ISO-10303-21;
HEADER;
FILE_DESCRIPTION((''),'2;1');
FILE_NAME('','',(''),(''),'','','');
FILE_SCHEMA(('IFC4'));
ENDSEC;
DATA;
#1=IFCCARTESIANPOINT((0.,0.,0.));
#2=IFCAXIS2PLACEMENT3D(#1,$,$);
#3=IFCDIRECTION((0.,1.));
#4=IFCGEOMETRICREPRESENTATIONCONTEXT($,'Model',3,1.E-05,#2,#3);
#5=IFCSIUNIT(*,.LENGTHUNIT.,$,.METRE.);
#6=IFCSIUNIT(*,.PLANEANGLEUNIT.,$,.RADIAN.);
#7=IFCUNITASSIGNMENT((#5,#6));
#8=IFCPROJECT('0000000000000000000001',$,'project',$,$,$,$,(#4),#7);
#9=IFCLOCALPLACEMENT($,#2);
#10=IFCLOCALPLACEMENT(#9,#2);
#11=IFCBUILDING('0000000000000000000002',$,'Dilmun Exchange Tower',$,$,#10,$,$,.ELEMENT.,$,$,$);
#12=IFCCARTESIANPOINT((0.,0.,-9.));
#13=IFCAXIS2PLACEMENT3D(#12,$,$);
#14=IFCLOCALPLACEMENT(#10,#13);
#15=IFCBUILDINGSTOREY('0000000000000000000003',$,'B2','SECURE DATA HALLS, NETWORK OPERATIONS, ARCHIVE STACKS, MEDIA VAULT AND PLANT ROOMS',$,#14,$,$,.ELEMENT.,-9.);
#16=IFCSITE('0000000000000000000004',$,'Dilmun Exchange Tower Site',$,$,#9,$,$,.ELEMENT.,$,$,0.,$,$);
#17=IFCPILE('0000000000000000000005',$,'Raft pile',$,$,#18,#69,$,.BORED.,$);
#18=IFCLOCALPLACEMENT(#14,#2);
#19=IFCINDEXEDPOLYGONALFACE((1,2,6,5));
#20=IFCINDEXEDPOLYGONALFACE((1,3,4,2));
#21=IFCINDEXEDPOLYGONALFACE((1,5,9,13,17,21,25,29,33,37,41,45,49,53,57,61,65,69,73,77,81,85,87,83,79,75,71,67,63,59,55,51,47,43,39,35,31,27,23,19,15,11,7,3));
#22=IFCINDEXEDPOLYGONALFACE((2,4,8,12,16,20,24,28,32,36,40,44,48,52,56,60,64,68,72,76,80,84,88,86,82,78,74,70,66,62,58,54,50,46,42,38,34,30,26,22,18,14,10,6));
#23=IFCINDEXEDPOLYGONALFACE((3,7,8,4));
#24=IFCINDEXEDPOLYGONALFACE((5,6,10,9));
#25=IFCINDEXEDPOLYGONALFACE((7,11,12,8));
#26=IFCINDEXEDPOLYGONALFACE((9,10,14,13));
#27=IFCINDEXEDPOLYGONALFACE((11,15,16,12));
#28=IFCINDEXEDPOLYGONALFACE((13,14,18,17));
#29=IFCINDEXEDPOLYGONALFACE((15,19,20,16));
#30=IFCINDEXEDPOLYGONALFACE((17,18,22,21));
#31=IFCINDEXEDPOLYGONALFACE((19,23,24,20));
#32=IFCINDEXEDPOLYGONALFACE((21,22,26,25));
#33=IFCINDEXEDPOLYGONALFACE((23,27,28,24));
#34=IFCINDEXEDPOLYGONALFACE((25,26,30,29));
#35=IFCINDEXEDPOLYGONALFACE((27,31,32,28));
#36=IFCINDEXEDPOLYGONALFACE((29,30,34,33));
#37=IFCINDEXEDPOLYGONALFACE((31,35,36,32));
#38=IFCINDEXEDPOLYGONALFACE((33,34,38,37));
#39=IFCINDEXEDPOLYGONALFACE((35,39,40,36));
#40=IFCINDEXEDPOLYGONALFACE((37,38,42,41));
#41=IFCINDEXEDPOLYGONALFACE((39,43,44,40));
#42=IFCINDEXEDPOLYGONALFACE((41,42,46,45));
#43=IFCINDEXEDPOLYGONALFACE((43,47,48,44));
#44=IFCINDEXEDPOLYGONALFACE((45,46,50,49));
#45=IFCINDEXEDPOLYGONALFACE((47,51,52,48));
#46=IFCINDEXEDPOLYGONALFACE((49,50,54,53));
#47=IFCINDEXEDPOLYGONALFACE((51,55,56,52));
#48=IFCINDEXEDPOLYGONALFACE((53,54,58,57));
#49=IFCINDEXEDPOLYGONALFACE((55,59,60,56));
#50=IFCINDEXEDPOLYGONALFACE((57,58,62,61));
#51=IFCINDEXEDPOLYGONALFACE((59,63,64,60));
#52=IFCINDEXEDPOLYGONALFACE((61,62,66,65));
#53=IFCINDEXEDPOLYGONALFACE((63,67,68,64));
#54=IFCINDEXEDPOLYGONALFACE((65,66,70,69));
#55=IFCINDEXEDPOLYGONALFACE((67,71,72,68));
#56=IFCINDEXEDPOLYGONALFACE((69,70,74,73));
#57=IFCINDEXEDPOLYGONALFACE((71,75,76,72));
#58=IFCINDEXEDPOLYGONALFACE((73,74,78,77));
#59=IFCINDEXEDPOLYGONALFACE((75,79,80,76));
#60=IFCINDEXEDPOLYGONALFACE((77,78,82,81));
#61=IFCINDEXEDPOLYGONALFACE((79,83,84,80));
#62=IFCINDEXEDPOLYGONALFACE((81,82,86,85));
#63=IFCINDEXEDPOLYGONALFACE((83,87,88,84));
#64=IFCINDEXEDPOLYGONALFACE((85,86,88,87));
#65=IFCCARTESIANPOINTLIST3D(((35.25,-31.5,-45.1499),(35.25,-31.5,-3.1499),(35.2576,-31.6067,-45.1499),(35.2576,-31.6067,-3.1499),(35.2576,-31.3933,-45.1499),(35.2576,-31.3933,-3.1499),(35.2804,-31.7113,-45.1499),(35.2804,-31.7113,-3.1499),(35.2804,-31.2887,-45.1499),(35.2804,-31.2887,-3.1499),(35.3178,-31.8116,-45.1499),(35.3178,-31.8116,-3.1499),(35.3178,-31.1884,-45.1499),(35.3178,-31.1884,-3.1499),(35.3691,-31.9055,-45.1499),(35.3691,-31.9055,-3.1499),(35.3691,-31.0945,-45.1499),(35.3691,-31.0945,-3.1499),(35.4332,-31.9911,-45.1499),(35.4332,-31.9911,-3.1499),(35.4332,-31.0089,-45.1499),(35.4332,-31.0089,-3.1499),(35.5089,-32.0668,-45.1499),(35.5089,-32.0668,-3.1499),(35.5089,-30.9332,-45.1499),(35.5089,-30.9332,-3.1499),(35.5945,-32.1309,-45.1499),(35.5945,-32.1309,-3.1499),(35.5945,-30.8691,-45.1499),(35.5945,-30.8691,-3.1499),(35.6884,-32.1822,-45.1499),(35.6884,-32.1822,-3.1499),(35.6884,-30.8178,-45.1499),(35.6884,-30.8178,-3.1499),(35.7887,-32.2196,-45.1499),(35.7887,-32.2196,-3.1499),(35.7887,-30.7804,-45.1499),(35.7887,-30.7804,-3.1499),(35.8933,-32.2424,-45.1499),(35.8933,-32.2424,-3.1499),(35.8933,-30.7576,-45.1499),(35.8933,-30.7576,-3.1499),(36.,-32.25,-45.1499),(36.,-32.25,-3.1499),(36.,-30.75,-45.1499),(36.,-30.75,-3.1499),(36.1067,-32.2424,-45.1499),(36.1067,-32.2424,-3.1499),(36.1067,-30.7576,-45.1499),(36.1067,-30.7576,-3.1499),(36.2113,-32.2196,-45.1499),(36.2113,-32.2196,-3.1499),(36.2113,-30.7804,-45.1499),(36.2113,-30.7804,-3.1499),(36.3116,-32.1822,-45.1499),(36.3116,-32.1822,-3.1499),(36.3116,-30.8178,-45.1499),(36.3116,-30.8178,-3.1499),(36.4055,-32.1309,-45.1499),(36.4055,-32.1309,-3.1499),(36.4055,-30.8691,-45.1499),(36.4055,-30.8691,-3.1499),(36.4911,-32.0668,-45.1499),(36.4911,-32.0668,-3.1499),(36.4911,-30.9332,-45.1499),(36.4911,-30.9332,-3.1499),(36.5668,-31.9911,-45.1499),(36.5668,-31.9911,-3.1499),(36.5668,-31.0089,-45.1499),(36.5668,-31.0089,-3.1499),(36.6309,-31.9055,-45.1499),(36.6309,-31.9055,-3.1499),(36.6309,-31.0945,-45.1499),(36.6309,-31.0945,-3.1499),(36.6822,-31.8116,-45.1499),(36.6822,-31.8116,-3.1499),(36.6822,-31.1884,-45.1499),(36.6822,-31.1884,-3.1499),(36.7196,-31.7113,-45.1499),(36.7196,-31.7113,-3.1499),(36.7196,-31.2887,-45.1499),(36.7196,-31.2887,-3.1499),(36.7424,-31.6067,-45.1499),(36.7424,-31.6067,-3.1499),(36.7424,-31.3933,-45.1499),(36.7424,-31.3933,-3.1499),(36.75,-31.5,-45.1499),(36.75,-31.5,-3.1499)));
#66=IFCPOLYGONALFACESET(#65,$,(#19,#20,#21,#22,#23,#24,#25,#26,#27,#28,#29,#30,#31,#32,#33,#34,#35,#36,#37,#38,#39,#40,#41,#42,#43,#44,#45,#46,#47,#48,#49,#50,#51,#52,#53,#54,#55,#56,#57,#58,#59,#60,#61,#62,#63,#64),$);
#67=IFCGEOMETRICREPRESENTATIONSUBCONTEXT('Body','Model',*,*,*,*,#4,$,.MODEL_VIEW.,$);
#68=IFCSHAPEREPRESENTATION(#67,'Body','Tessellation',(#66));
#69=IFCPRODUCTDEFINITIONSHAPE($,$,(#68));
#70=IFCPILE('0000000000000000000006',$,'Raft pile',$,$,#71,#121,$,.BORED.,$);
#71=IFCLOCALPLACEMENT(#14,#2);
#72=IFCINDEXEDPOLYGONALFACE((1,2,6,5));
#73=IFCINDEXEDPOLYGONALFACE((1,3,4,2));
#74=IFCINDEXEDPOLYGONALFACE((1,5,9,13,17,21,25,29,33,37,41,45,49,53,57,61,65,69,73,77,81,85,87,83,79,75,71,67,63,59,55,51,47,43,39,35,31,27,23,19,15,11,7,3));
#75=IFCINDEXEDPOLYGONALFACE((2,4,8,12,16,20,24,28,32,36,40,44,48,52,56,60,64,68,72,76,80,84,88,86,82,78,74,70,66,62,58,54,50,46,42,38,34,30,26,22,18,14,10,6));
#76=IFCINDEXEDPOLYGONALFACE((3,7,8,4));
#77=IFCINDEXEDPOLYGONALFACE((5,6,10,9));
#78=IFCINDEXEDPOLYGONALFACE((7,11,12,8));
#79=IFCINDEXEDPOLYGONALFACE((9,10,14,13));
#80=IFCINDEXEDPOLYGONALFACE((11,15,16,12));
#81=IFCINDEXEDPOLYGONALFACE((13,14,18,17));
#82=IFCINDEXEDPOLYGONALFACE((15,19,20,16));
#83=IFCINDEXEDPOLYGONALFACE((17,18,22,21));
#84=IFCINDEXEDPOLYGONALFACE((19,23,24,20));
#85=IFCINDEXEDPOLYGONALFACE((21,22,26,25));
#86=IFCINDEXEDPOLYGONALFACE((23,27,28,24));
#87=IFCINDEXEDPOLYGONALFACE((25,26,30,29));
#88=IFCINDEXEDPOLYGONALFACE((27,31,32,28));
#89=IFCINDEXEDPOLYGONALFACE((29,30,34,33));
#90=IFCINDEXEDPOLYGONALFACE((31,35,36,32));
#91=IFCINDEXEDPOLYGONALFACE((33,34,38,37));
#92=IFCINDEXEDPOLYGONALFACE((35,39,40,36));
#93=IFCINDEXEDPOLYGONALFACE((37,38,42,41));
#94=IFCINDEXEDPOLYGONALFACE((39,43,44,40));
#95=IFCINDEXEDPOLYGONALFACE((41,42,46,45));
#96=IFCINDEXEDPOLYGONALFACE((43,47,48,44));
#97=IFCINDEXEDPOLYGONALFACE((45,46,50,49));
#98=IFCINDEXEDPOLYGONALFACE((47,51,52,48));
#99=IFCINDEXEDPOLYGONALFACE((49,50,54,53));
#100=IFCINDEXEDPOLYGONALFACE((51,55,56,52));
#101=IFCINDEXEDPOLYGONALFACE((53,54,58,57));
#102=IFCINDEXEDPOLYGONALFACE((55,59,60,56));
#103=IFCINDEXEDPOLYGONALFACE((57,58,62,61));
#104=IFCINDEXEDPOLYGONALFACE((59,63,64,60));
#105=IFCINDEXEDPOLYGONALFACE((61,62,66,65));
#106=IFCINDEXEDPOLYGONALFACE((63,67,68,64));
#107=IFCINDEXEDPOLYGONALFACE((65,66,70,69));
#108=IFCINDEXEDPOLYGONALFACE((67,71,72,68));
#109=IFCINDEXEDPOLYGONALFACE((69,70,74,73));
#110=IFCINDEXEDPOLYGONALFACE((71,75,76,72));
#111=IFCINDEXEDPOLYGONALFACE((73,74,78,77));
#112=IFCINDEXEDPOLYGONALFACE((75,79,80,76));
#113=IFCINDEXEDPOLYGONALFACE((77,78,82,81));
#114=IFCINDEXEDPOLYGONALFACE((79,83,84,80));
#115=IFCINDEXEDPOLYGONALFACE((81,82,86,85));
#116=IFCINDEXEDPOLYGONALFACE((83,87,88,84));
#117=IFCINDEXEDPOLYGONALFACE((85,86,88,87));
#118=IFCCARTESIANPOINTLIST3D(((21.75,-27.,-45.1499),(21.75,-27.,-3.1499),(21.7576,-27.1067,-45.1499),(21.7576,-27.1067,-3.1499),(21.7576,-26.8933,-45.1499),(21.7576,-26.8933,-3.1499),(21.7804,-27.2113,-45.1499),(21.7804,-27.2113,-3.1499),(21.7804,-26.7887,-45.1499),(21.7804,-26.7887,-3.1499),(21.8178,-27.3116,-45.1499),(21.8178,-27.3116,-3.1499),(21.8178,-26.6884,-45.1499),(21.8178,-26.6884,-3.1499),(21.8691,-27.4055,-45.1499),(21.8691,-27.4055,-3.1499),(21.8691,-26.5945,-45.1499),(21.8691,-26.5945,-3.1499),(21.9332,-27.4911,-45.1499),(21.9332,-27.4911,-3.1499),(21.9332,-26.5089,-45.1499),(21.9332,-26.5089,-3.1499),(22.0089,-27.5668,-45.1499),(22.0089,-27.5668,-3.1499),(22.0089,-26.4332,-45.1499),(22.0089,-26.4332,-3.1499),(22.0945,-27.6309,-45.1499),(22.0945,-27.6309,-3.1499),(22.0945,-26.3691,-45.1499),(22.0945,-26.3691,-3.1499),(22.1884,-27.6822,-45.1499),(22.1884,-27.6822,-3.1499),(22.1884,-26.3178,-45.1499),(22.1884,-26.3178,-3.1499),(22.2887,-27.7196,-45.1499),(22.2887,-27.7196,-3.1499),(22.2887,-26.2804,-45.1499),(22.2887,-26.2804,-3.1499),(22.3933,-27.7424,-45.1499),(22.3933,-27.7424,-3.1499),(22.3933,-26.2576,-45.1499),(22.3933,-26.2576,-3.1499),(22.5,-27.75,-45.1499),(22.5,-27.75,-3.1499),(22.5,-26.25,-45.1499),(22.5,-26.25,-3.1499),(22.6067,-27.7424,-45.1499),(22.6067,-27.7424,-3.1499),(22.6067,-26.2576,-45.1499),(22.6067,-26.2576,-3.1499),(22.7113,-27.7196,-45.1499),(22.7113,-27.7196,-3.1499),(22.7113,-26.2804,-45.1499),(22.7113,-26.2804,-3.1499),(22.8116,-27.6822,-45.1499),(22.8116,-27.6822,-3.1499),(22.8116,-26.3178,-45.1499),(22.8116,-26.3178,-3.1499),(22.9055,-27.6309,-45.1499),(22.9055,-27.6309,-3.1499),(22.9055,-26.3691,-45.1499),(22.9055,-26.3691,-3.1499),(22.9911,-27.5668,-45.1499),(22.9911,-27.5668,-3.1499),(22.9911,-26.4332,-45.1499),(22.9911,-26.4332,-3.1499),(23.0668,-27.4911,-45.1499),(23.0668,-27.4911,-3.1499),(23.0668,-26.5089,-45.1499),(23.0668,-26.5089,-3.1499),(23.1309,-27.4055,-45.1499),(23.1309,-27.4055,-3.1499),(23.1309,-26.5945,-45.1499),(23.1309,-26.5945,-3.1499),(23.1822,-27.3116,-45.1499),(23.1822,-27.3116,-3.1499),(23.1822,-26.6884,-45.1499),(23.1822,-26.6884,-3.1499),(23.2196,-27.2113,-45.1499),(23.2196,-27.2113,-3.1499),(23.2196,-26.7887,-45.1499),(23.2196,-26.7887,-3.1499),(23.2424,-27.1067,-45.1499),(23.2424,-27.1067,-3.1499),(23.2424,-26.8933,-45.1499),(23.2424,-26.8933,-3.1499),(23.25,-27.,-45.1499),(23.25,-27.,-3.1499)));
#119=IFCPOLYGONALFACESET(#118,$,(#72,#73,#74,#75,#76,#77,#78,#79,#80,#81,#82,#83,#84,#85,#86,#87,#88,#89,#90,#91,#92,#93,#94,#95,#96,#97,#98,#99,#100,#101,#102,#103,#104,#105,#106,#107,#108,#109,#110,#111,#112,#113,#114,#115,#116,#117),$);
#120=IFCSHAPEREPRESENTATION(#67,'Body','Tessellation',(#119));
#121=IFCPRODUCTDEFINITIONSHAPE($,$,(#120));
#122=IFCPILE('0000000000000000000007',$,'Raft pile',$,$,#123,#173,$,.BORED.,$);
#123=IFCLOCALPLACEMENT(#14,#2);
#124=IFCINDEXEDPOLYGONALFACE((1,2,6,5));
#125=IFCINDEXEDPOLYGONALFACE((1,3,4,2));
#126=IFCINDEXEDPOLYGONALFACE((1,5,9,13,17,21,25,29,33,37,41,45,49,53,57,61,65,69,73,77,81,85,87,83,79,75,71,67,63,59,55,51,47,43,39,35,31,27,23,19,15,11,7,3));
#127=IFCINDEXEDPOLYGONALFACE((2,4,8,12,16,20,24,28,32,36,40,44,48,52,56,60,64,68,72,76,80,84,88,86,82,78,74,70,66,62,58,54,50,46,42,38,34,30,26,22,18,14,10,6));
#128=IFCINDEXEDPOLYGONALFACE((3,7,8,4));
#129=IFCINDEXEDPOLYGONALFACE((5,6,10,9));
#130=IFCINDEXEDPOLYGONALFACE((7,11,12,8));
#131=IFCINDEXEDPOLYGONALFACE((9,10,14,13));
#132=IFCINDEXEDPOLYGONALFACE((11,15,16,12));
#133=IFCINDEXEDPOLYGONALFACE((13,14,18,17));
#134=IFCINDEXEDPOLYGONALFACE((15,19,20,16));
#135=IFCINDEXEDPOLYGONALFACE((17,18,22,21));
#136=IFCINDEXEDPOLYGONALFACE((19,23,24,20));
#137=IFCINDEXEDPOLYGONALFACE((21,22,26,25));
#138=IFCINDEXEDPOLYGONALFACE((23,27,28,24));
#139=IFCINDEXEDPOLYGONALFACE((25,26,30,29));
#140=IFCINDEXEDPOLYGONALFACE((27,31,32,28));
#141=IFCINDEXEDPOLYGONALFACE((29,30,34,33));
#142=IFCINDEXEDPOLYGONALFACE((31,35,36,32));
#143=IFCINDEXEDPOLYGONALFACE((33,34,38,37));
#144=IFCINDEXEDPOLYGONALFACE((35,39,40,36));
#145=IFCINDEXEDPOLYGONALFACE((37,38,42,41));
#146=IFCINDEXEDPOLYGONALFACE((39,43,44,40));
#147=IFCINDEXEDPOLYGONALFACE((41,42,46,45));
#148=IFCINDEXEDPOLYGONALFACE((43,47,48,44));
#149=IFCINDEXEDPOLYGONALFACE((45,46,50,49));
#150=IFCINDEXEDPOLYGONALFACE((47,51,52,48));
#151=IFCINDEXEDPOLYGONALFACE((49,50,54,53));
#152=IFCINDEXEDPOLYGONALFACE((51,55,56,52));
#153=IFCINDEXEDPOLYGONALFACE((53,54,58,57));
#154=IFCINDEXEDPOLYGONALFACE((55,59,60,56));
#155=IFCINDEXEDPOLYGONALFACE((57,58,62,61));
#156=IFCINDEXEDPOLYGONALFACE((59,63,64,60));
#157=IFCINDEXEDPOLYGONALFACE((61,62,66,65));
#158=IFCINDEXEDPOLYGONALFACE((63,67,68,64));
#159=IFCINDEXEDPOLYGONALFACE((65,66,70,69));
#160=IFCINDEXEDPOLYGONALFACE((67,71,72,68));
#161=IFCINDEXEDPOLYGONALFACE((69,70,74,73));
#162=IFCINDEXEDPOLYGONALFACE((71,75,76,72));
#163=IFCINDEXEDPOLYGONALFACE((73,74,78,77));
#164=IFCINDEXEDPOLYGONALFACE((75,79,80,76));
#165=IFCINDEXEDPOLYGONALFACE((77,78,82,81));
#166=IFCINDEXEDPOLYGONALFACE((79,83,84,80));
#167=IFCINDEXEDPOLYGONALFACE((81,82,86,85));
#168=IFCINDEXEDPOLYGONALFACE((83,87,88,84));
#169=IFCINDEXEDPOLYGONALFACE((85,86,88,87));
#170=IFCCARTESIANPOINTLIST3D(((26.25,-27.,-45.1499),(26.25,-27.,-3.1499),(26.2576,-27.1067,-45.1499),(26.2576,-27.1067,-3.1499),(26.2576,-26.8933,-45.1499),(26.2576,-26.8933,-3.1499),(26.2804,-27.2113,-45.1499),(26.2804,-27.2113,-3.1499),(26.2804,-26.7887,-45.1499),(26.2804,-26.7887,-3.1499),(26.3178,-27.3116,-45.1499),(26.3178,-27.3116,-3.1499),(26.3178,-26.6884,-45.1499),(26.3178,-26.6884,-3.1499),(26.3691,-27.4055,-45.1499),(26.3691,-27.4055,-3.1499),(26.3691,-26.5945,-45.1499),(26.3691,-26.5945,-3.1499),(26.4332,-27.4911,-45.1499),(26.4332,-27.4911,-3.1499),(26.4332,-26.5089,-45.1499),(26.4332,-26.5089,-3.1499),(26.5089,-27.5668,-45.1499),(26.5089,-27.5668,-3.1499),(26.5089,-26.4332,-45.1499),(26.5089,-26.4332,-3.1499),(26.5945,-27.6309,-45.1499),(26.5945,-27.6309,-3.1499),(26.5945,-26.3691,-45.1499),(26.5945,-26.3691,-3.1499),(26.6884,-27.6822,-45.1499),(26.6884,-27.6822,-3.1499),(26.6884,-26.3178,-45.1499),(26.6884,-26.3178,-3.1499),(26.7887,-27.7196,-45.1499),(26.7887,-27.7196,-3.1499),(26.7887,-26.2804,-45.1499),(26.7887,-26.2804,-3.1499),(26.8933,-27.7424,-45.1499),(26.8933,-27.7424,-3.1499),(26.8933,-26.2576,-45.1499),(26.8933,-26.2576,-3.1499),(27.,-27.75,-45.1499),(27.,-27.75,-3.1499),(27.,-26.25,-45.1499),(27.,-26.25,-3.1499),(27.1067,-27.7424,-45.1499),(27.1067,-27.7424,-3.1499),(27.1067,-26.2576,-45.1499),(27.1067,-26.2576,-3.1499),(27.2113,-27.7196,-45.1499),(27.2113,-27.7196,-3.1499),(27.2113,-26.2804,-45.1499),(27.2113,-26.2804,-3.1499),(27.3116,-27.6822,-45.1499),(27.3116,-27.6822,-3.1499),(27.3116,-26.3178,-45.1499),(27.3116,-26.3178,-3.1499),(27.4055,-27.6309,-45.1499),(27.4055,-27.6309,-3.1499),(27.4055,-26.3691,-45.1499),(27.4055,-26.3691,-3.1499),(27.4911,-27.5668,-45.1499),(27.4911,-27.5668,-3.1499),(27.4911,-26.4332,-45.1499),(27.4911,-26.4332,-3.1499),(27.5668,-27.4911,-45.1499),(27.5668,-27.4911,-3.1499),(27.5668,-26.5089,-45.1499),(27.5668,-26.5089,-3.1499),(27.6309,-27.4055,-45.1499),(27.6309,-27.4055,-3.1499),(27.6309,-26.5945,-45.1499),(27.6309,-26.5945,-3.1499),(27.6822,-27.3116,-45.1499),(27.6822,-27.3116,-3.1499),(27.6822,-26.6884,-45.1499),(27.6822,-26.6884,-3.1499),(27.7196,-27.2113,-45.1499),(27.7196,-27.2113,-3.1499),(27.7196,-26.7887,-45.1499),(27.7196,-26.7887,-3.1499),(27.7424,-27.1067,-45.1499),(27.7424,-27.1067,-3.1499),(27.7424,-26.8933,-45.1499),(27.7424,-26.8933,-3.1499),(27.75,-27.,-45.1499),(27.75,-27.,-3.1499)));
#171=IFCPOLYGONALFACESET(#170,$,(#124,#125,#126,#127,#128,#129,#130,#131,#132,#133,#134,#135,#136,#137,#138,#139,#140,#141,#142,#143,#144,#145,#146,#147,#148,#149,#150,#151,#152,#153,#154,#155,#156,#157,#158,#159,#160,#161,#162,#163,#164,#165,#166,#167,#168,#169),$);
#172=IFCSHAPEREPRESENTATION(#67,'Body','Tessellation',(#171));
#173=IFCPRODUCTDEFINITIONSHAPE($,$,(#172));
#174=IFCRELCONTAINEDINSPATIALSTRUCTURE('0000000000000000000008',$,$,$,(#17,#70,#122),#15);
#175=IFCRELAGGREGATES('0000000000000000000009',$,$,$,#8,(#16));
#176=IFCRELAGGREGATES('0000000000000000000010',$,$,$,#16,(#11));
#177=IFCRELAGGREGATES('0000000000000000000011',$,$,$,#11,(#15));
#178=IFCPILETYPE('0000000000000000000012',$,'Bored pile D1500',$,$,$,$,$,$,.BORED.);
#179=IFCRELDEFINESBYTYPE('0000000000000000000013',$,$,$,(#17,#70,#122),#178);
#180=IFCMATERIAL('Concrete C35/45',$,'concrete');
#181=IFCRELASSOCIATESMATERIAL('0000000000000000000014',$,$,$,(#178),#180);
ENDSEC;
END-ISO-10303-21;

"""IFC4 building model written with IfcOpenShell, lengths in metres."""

from ifc_helpers import new_model, si_unit, direction, frame, origin, origin_2d, place, context, subcontext, project, spatial, circle, extrude, material, material_profile, profile_set, type_object, element, save


model = new_model("IFC4")

# Units and contexts
model_context = context("Model", 3, precision=1e-05, world=origin(), true_north=direction((0.0, 1.0)))
body_context = subcontext(model_context, "Body", "Model", "MODEL_VIEW")
ifc_project = project(units=[si_unit("LENGTHUNIT", "METRE"), si_unit("PLANEANGLEUNIT", "RADIAN")], contexts=[model_context])

# Site, building, storey
site_placement = place(None, origin())
site = spatial("IfcSite", under=ifc_project, at=site_placement, Name="Dilmun Exchange Tower Site", CompositionType="ELEMENT", RefElevation=0.0)
building_placement = place(site_placement, origin())
building = spatial("IfcBuilding", under=site, at=building_placement, Name="Dilmun Exchange Tower", CompositionType="ELEMENT")
storey_placement = place(building_placement, frame((0.0, 0.0, -9.0)))
storey = spatial("IfcBuildingStorey", under=building, at=storey_placement, Name="B2", Description="SECURE DATA HALLS, NETWORK OPERATIONS, ARCHIVE STACKS, MEDIA VAULT AND PLANT ROOMS", CompositionType="ELEMENT", Elevation=-9.0)

# Piles
ifc_material_1 = material(Name="Concrete C35/45", Category="concrete")
ifc_material_profile_1 = material_profile(ifc_material_1, circle(Radius=0.75, at=origin_2d()), Name="D1500")
ifc_profile_set_1 = profile_set([ifc_material_profile_1], Name="Concrete C35/45")
pile_type = type_object("IfcPileType", Name="Bored pile D1500", PredefinedType="BORED", material=ifc_profile_set_1)
for number, where, z_axis, x_axis, name in (
    (1, (36.0, -31.5, -3.1499), (0.0, 0.0, -1.0), (1.0, 0.0, 0.0), "Raft pile"),
    (2, (22.5, -27.0, -3.1499), (0.0, 0.0, -1.0), (1.0, 0.0, 0.0), "Raft pile"),
    (3, (27.0, -27.0, -3.1499), (0.0, 0.0, -1.0), (1.0, 0.0, 0.0), "Raft pile"),
):
    element("IfcPile", number, at=place(storey_placement, frame(where, z_axis=z_axis, x_axis=x_axis)), inside=storey, type_object=pile_type, Name=name, PredefinedType="BORED", context=body_context, shape_type="SweptSolid", body=[
        extrude(circle(Radius=0.75, at=origin_2d()), origin(), (0.0, 0.0, 1.0), 42.0),
    ])

save(model, "model.ifc")
